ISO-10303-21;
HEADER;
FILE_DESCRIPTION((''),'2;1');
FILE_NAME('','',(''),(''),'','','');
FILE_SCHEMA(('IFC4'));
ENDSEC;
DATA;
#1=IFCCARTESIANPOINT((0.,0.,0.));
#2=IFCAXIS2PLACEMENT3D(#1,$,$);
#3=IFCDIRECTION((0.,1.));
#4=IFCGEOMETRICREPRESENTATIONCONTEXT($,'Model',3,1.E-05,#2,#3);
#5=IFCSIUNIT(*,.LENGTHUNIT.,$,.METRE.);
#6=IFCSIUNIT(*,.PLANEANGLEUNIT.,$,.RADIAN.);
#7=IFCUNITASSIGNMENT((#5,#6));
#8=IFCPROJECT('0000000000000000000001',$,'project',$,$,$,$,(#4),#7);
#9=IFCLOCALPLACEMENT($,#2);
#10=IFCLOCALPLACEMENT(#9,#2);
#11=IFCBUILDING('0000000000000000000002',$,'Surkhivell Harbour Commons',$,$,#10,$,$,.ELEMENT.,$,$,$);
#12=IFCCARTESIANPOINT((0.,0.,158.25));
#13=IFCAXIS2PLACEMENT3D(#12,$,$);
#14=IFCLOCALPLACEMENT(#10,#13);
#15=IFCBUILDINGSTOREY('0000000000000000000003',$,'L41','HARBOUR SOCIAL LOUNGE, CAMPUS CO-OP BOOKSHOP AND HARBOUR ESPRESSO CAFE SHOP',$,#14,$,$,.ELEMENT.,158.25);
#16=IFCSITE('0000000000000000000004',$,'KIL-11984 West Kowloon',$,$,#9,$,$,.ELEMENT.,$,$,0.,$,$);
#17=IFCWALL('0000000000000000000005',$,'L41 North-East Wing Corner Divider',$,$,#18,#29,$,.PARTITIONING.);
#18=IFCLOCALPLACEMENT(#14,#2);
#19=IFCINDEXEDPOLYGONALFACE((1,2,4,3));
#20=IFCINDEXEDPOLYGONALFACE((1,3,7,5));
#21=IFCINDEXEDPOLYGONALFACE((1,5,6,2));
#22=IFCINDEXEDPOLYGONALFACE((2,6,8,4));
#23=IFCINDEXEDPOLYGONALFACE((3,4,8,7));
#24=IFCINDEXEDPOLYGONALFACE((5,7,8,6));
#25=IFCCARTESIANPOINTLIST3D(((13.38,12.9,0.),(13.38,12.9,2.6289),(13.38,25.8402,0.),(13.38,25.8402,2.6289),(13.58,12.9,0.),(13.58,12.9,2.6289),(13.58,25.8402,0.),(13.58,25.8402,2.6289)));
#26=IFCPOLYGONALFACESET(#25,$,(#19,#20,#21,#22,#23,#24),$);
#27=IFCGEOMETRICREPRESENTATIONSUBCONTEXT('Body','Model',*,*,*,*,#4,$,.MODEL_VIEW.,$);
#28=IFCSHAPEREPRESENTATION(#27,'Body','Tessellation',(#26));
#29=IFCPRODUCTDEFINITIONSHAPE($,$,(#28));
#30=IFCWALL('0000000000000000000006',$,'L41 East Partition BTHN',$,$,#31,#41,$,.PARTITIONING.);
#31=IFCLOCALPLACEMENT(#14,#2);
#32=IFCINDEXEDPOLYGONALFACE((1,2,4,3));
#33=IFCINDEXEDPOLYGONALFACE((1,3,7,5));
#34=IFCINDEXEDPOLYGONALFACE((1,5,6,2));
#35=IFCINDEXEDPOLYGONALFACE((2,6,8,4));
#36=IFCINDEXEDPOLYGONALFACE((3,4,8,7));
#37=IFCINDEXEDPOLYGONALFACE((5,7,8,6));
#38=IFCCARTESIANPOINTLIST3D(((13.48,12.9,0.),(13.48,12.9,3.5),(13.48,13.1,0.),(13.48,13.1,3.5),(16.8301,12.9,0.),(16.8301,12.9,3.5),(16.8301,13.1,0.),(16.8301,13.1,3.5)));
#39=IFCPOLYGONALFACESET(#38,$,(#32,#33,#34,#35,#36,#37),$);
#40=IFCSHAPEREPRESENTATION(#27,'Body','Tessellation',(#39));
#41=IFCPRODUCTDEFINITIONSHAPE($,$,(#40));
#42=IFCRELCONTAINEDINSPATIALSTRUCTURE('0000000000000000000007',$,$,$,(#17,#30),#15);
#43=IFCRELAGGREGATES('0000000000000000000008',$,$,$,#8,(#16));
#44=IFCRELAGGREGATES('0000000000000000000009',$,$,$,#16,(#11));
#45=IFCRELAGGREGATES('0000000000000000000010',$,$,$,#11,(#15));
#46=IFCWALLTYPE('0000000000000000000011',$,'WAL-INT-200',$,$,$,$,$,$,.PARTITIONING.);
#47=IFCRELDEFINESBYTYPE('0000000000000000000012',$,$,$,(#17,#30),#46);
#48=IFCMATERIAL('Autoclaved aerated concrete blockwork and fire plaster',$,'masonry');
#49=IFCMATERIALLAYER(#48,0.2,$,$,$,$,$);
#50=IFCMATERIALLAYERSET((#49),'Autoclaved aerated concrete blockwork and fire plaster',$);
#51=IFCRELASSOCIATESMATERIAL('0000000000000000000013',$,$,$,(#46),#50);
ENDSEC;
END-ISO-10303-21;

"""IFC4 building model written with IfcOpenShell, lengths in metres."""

from ifc_helpers import new_model, si_unit, direction, frame, frame_2d, origin, place, context, subcontext, project, spatial, rectangle, extrude, material, layer, layer_set, type_object, element, save


model = new_model("IFC4")

# Units and contexts
model_context = context("Model", 3, precision=1e-05, world=origin(), true_north=direction((0.0, 1.0)))
body_context = subcontext(model_context, "Body", "Model", "MODEL_VIEW")
ifc_project = project(units=[si_unit("LENGTHUNIT", "METRE"), si_unit("PLANEANGLEUNIT", "RADIAN")], contexts=[model_context])

# Site, building, storey
site_placement = place(None, origin())
site = spatial("IfcSite", under=ifc_project, at=site_placement, Name="KIL-11984 West Kowloon", CompositionType="ELEMENT", RefElevation=0.0)
building_placement = place(site_placement, origin())
building = spatial("IfcBuilding", under=site, at=building_placement, Name="Surkhivell Harbour Commons", CompositionType="ELEMENT")
storey_placement = place(building_placement, frame((0.0, 0.0, 158.25)))
storey = spatial("IfcBuildingStorey", under=building, at=storey_placement, Name="L41", Description="HARBOUR SOCIAL LOUNGE, CAMPUS CO-OP BOOKSHOP AND HARBOUR ESPRESSO CAFE SHOP", CompositionType="ELEMENT", Elevation=158.25)

# Walls
ifc_material_1 = material(Name="Autoclaved aerated concrete blockwork and fire plaster", Category="masonry")
ifc_layer_1 = layer(ifc_material_1, 0.2)
ifc_layer_set_1 = layer_set([ifc_layer_1], Name="Autoclaved aerated concrete blockwork and fire plaster")
wall_type_1 = type_object("IfcWallType", Name="WAL-INT-200", PredefinedType="PARTITIONING", material=ifc_layer_set_1)
wall_1_placement = place(storey_placement, frame((13.48, 12.8999, 0.0), z_axis=(0.0, 0.0, 1.0), x_axis=(0.0, 1.0, 0.0)))
element("IfcWall", 1, at=wall_1_placement, inside=storey, type_object=wall_type_1, Name="L41 North-East Wing Corner Divider", PredefinedType="PARTITIONING", context=body_context, shape_type="SweptSolid", body=[
    extrude(rectangle(XDim=12.9402, YDim=0.2, at=frame_2d((6.4702, 0.0))), origin(), (0.0, 0.0, 1.0), 2.6289),
])
wall_2_placement = place(storey_placement, frame((13.48, 13.0, 0.0), z_axis=(0.0, 0.0, 1.0), x_axis=(1.0, 0.0, 0.0)))
element("IfcWall", 2, at=wall_2_placement, inside=storey, type_object=wall_type_1, Name="L41 East Partition BTHN", PredefinedType="PARTITIONING", context=body_context, shape_type="SweptSolid", body=[
    extrude(rectangle(XDim=3.3501, YDim=0.2, at=frame_2d((1.675, 0.0))), origin(), (0.0, 0.0, 1.0), 3.5),
])

save(model, "model.ifc")
